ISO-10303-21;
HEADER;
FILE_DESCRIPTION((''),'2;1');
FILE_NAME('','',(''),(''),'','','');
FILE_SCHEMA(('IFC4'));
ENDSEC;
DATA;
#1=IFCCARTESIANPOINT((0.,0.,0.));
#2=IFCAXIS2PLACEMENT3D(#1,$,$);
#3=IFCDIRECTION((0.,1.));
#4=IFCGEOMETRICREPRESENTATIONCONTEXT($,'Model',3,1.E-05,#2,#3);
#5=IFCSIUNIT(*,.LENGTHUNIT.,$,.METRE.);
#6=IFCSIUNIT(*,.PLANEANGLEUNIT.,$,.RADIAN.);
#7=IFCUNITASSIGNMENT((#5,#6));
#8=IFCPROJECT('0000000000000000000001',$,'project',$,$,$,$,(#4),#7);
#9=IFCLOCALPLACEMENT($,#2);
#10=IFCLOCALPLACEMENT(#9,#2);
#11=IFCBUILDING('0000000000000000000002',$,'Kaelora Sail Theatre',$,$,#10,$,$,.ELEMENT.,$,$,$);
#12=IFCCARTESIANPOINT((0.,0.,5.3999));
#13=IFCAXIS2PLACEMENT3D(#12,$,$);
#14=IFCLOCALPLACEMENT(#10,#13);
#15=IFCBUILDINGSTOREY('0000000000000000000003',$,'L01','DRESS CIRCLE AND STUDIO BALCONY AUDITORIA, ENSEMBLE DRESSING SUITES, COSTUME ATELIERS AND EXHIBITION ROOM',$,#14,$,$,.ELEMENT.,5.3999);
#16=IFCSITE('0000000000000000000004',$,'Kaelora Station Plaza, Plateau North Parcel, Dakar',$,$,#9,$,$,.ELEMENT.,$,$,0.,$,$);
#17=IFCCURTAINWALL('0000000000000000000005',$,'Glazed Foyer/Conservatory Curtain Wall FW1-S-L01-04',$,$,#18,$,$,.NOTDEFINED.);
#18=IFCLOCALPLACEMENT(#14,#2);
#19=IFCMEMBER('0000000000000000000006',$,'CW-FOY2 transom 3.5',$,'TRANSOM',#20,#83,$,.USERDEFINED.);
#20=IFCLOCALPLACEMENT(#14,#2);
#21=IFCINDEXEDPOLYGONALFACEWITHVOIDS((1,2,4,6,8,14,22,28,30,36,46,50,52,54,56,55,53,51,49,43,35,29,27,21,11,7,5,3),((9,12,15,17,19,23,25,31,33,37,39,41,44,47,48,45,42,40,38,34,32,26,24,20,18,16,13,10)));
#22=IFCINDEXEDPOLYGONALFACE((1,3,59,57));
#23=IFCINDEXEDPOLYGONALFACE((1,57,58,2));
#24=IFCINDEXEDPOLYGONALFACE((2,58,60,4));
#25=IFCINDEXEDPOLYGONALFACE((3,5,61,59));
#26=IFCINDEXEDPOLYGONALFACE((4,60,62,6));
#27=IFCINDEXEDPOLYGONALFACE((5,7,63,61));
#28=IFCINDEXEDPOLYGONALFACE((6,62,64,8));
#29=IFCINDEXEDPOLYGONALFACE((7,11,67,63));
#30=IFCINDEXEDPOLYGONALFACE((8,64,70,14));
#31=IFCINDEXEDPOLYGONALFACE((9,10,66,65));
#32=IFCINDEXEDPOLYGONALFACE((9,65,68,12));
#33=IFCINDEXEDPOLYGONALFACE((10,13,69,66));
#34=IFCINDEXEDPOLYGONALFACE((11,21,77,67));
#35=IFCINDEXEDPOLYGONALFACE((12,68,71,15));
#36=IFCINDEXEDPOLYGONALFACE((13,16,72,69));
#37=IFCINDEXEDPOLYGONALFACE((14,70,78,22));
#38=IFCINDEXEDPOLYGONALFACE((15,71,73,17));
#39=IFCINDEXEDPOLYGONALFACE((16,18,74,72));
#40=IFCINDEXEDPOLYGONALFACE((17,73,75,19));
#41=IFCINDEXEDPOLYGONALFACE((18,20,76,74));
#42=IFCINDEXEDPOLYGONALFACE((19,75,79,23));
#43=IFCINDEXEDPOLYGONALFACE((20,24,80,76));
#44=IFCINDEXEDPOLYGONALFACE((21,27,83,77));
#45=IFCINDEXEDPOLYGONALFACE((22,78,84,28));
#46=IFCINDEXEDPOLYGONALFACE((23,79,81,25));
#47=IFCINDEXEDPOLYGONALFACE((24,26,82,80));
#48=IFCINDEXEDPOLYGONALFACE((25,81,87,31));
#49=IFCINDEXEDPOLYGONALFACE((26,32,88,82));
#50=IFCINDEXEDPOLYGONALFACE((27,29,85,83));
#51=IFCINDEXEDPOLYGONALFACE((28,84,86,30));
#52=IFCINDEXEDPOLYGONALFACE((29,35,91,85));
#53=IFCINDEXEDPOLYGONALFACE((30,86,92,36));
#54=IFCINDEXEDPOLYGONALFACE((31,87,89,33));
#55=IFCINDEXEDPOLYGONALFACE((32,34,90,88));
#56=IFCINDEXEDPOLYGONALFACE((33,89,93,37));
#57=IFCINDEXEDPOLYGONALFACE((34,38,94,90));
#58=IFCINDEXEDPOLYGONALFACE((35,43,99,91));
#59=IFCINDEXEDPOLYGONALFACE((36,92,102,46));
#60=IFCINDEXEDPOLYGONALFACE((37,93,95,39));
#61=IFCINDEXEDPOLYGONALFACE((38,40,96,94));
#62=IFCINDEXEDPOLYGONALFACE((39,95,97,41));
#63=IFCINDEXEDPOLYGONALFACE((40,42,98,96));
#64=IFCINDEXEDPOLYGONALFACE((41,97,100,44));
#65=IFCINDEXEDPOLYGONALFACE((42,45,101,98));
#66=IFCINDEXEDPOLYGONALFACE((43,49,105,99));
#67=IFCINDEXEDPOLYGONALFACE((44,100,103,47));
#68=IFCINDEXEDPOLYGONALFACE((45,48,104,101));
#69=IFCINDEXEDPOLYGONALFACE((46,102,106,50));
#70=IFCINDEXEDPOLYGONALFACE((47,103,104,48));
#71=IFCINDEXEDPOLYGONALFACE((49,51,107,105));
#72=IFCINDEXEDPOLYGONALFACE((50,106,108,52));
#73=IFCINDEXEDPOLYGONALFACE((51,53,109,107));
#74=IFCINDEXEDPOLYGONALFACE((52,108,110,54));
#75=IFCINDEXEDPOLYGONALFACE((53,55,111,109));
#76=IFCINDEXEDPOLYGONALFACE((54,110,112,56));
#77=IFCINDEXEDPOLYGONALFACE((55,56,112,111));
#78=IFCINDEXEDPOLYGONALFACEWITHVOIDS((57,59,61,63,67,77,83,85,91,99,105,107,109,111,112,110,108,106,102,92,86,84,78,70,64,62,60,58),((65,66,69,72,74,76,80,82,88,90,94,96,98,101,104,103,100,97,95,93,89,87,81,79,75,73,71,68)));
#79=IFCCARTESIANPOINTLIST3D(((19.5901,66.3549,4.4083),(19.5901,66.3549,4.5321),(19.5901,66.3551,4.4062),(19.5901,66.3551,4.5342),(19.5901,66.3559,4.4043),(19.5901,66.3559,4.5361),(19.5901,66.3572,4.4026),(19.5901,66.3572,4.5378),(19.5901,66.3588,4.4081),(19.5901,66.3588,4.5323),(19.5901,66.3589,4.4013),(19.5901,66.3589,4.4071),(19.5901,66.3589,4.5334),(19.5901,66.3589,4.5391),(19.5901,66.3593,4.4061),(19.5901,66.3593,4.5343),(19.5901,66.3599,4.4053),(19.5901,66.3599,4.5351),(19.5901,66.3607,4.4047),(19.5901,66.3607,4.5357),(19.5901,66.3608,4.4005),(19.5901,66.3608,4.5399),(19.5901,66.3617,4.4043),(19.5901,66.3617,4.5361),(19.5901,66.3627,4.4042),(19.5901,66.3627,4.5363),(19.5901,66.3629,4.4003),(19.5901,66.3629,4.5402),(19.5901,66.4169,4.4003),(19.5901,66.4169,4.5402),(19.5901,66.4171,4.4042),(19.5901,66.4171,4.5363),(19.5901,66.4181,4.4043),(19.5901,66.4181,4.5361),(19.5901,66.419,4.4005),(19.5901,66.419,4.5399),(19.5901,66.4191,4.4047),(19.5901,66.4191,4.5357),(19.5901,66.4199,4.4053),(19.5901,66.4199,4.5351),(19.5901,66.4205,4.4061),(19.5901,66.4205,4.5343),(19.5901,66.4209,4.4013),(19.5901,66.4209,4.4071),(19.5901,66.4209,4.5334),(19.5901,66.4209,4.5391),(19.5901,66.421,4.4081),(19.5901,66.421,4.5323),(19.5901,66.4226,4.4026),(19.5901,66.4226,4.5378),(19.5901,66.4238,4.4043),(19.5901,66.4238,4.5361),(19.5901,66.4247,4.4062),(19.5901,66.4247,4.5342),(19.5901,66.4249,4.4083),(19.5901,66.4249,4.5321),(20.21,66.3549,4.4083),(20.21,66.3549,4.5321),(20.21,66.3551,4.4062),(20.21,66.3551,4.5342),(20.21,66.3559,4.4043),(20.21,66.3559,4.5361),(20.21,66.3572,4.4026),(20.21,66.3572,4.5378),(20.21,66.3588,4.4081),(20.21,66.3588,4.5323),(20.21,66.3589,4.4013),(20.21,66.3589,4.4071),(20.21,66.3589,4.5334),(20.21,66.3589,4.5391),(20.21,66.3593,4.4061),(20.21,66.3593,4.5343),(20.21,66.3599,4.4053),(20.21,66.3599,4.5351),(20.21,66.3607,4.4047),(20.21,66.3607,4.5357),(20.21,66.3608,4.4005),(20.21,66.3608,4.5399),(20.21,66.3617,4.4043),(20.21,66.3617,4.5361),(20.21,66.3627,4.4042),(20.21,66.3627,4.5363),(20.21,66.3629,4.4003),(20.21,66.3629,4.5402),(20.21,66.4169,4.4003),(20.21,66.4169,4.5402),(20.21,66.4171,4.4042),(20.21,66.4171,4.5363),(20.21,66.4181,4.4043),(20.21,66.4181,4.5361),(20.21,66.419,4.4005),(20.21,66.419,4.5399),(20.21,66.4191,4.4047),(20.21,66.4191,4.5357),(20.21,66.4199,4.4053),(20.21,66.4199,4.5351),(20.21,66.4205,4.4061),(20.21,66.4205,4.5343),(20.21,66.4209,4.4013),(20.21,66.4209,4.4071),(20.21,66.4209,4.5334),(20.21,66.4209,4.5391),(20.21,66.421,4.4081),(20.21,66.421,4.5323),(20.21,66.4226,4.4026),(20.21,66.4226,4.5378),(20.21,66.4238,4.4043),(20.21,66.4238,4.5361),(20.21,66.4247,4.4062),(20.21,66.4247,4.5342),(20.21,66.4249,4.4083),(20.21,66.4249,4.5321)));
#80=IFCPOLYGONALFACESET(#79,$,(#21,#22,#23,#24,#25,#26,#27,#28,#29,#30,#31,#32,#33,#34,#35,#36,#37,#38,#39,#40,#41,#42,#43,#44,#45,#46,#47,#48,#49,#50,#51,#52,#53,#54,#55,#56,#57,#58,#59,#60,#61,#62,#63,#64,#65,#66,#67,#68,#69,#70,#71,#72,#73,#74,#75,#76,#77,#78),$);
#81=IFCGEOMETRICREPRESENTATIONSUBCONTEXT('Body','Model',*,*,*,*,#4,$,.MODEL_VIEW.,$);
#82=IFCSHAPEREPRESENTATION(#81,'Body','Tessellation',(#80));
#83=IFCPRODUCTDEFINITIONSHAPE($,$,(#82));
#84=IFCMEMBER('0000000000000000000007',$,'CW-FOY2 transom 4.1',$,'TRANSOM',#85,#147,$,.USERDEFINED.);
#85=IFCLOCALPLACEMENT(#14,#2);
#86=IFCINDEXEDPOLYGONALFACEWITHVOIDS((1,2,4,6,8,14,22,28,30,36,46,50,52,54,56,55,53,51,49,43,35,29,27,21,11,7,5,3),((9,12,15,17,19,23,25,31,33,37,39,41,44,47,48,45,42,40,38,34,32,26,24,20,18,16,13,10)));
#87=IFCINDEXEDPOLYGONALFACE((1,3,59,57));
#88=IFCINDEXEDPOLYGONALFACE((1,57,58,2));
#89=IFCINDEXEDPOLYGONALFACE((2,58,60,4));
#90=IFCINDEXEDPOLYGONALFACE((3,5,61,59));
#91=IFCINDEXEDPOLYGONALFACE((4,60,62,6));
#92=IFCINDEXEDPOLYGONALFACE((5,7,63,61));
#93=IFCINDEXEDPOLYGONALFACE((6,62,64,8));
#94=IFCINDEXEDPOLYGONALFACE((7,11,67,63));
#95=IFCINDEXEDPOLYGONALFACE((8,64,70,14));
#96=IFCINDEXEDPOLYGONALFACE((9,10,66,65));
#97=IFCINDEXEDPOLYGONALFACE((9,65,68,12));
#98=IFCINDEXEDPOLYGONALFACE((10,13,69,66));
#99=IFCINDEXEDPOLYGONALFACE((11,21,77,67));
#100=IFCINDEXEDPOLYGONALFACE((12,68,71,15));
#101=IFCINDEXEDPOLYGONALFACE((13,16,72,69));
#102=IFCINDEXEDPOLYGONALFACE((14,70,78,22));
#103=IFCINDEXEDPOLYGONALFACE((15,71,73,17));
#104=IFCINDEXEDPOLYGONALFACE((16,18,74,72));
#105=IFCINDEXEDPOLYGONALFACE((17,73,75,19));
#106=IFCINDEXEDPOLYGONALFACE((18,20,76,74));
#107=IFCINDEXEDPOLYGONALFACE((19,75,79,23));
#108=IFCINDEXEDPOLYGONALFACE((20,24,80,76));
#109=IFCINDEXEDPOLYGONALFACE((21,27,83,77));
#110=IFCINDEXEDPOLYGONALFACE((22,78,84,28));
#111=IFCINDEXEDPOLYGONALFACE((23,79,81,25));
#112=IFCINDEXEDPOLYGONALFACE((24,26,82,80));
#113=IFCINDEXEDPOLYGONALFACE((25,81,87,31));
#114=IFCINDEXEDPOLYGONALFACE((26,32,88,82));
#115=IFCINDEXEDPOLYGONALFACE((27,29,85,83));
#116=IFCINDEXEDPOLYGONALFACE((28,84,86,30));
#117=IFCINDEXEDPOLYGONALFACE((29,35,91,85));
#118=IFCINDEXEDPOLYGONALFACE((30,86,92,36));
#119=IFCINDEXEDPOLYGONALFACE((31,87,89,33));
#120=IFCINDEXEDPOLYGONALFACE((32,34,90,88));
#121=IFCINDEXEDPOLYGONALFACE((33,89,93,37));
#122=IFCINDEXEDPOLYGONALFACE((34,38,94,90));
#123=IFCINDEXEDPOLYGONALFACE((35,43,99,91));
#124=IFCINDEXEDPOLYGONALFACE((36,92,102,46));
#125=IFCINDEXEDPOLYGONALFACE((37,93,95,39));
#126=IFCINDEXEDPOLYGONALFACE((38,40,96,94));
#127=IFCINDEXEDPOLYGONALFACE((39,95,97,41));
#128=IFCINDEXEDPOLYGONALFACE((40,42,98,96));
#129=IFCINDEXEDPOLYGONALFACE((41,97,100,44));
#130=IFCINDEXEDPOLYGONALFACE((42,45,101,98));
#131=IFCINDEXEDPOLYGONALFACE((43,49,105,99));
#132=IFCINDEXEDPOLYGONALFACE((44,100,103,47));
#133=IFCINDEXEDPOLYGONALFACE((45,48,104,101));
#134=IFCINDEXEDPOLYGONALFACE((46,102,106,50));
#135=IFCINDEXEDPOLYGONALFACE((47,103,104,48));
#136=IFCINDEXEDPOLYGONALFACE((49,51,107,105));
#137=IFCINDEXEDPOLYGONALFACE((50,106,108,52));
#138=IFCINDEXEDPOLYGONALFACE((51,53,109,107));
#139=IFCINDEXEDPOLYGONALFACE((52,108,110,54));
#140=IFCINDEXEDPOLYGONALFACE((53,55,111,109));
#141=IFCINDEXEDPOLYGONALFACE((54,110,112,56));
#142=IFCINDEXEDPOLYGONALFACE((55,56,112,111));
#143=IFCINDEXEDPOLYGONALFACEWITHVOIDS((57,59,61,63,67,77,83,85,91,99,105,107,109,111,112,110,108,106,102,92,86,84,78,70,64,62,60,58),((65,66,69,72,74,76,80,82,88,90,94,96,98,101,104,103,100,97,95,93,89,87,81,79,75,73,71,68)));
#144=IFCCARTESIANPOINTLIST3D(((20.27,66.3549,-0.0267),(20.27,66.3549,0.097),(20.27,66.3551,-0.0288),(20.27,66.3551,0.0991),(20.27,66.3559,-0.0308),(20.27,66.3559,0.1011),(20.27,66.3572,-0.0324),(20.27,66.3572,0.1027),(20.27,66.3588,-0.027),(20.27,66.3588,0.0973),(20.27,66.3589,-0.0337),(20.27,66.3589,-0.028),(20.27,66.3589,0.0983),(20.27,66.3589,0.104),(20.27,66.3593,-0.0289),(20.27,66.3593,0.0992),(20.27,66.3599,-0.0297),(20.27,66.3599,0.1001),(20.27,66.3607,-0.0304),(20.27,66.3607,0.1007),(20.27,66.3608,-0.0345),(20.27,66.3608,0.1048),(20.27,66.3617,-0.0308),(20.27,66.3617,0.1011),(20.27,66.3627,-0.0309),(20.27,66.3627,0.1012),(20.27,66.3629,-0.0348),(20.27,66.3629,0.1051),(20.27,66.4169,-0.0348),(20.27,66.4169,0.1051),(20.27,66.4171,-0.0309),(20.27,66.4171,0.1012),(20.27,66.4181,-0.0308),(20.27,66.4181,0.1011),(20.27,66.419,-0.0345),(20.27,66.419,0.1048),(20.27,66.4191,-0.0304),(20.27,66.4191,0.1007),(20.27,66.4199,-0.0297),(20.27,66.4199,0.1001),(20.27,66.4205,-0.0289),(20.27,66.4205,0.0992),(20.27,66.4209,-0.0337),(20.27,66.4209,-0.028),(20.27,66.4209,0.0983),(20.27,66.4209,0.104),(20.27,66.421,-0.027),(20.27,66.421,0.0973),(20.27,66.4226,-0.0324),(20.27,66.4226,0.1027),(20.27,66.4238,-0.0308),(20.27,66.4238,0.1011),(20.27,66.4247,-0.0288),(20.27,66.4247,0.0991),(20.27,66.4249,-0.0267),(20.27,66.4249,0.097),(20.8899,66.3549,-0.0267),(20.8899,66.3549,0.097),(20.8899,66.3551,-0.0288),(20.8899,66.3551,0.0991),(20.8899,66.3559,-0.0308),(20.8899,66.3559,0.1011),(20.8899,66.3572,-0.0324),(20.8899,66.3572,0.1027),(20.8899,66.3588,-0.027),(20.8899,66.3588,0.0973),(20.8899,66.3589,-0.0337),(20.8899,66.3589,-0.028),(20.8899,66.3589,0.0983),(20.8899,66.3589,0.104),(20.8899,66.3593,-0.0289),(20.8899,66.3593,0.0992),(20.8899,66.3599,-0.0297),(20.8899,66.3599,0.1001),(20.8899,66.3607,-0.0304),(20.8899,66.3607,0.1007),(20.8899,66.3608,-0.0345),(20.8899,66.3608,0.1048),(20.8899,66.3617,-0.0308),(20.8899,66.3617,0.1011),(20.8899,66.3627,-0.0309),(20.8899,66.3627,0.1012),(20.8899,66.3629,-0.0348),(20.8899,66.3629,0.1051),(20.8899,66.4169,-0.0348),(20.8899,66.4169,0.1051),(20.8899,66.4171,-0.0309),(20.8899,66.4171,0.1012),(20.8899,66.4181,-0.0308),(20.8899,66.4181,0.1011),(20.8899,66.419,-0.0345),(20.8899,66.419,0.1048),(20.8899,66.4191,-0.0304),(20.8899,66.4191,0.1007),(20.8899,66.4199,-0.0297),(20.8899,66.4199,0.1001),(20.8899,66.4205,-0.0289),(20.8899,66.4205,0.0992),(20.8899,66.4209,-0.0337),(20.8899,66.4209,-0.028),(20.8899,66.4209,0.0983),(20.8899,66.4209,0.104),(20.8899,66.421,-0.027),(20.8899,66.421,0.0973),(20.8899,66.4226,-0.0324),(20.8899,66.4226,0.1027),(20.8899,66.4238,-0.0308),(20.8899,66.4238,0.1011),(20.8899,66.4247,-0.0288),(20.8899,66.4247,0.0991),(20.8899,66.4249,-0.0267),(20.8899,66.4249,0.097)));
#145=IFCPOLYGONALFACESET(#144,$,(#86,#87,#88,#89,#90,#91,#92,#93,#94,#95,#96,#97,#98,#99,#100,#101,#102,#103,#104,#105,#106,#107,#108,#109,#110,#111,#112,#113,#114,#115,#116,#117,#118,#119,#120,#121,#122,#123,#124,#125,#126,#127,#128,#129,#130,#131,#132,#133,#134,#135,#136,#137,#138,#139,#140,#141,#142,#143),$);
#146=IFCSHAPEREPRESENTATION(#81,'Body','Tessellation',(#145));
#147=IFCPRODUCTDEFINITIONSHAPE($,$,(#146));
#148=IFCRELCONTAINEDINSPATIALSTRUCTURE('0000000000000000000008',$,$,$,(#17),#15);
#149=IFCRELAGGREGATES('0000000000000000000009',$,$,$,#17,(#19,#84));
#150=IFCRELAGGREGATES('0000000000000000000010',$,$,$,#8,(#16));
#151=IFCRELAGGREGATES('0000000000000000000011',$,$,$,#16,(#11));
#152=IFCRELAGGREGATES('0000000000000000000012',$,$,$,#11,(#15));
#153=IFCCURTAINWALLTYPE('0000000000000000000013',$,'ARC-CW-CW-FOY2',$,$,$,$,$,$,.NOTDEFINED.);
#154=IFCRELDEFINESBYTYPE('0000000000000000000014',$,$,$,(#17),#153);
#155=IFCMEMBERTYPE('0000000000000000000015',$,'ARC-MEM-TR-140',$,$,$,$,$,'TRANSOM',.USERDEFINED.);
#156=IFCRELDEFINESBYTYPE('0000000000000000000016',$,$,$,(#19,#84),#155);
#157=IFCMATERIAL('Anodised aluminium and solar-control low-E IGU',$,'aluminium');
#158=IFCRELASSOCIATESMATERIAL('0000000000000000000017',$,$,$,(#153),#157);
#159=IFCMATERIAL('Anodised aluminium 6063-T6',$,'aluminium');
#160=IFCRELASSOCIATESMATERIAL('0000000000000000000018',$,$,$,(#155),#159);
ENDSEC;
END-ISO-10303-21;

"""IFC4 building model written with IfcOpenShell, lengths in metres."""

from ifc_helpers import new_model, si_unit, direction, frame, origin, origin_2d, place, context, subcontext, project, spatial, hollow_rectangle, extrude, material, material_profile, profile_set, type_object, element, aggregate, save


model = new_model("IFC4")

# Units and contexts
model_context = context("Model", 3, precision=1e-05, world=origin(), true_north=direction((0.0, 1.0)))
body_context = subcontext(model_context, "Body", "Model", "MODEL_VIEW")
ifc_project = project(units=[si_unit("LENGTHUNIT", "METRE"), si_unit("PLANEANGLEUNIT", "RADIAN")], contexts=[model_context])

# Site, building, storey
site_placement = place(None, origin())
site = spatial("IfcSite", under=ifc_project, at=site_placement, Name="Kaelora Station Plaza, Plateau North Parcel, Dakar", CompositionType="ELEMENT", RefElevation=0.0)
building_placement = place(site_placement, origin())
building = spatial("IfcBuilding", under=site, at=building_placement, Name="Kaelora Sail Theatre", CompositionType="ELEMENT")
storey_placement = place(building_placement, frame((0.0, 0.0, 5.3999)))
storey = spatial("IfcBuildingStorey", under=building, at=storey_placement, Name="L01", Description="DRESS CIRCLE AND STUDIO BALCONY AUDITORIA, ENSEMBLE DRESSING SUITES, COSTUME ATELIERS AND EXHIBITION ROOM", CompositionType="ELEMENT", Elevation=5.3999)

# Curtain wall, members
ifc_material_1 = material(Name="Anodised aluminium and solar-control low-E IGU", Category="aluminium")
curtain_wall_type = type_object("IfcCurtainWallType", Name="ARC-CW-CW-FOY2", PredefinedType="NOTDEFINED", material=ifc_material_1)
curtain_wall_placement = place(storey_placement, origin())
curtain_wall = element("IfcCurtainWall", 1, at=curtain_wall_placement, inside=storey, type_object=curtain_wall_type, Name="Glazed Foyer/Conservatory Curtain Wall FW1-S-L01-04", PredefinedType="NOTDEFINED")
ifc_material_2 = material(Name="Anodised aluminium 6063-T6", Category="aluminium")
ifc_material_profile_1 = material_profile(ifc_material_2, hollow_rectangle(XDim=0.0701, YDim=0.1399, WallThickness=0.0039, InnerFilletRadius=0.0039, OuterFilletRadius=0.0081, at=origin_2d()), Name="ALU-TRAN 70x140x4")
ifc_profile_set_1 = profile_set([ifc_material_profile_1], Name="Anodised aluminium 6063-T6")
member_type_1 = type_object("IfcMemberType", Name="ARC-MEM-TR-140", ElementType="TRANSOM", PredefinedType="USERDEFINED", material=ifc_profile_set_1)
member_1_placement = place(storey_placement, frame((19.5901, 66.3899, 4.4702), z_axis=(1.0, 0.0, 0.0), x_axis=(0.0, 1.0, 0.0)))
member_1 = element("IfcMember", 2, at=member_1_placement, type_object=member_type_1, Name="CW-FOY2 transom 3.5", ObjectType="TRANSOM", PredefinedType="USERDEFINED", context=body_context, shape_type="SweptSolid", body=[
    extrude(hollow_rectangle(XDim=0.0701, YDim=0.1399, WallThickness=0.0039, InnerFilletRadius=0.0039, OuterFilletRadius=0.0081, at=origin_2d()), origin(), (0.0, 0.0, 1.0), 0.6199),
])
member_2_placement = place(storey_placement, frame((20.27, 66.3899, 0.0352), z_axis=(1.0, 0.0, 0.0), x_axis=(0.0, 1.0, 0.0)))
member_2 = element("IfcMember", 3, at=member_2_placement, type_object=member_type_1, Name="CW-FOY2 transom 4.1", ObjectType="TRANSOM", PredefinedType="USERDEFINED", context=body_context, shape_type="SweptSolid", body=[
    extrude(hollow_rectangle(XDim=0.0701, YDim=0.1399, WallThickness=0.0039, InnerFilletRadius=0.0039, OuterFilletRadius=0.0081, at=origin_2d()), origin(), (0.0, 0.0, 1.0), 0.6199),
])
aggregate(curtain_wall, [member_1, member_2])

save(model, "model.ifc")
